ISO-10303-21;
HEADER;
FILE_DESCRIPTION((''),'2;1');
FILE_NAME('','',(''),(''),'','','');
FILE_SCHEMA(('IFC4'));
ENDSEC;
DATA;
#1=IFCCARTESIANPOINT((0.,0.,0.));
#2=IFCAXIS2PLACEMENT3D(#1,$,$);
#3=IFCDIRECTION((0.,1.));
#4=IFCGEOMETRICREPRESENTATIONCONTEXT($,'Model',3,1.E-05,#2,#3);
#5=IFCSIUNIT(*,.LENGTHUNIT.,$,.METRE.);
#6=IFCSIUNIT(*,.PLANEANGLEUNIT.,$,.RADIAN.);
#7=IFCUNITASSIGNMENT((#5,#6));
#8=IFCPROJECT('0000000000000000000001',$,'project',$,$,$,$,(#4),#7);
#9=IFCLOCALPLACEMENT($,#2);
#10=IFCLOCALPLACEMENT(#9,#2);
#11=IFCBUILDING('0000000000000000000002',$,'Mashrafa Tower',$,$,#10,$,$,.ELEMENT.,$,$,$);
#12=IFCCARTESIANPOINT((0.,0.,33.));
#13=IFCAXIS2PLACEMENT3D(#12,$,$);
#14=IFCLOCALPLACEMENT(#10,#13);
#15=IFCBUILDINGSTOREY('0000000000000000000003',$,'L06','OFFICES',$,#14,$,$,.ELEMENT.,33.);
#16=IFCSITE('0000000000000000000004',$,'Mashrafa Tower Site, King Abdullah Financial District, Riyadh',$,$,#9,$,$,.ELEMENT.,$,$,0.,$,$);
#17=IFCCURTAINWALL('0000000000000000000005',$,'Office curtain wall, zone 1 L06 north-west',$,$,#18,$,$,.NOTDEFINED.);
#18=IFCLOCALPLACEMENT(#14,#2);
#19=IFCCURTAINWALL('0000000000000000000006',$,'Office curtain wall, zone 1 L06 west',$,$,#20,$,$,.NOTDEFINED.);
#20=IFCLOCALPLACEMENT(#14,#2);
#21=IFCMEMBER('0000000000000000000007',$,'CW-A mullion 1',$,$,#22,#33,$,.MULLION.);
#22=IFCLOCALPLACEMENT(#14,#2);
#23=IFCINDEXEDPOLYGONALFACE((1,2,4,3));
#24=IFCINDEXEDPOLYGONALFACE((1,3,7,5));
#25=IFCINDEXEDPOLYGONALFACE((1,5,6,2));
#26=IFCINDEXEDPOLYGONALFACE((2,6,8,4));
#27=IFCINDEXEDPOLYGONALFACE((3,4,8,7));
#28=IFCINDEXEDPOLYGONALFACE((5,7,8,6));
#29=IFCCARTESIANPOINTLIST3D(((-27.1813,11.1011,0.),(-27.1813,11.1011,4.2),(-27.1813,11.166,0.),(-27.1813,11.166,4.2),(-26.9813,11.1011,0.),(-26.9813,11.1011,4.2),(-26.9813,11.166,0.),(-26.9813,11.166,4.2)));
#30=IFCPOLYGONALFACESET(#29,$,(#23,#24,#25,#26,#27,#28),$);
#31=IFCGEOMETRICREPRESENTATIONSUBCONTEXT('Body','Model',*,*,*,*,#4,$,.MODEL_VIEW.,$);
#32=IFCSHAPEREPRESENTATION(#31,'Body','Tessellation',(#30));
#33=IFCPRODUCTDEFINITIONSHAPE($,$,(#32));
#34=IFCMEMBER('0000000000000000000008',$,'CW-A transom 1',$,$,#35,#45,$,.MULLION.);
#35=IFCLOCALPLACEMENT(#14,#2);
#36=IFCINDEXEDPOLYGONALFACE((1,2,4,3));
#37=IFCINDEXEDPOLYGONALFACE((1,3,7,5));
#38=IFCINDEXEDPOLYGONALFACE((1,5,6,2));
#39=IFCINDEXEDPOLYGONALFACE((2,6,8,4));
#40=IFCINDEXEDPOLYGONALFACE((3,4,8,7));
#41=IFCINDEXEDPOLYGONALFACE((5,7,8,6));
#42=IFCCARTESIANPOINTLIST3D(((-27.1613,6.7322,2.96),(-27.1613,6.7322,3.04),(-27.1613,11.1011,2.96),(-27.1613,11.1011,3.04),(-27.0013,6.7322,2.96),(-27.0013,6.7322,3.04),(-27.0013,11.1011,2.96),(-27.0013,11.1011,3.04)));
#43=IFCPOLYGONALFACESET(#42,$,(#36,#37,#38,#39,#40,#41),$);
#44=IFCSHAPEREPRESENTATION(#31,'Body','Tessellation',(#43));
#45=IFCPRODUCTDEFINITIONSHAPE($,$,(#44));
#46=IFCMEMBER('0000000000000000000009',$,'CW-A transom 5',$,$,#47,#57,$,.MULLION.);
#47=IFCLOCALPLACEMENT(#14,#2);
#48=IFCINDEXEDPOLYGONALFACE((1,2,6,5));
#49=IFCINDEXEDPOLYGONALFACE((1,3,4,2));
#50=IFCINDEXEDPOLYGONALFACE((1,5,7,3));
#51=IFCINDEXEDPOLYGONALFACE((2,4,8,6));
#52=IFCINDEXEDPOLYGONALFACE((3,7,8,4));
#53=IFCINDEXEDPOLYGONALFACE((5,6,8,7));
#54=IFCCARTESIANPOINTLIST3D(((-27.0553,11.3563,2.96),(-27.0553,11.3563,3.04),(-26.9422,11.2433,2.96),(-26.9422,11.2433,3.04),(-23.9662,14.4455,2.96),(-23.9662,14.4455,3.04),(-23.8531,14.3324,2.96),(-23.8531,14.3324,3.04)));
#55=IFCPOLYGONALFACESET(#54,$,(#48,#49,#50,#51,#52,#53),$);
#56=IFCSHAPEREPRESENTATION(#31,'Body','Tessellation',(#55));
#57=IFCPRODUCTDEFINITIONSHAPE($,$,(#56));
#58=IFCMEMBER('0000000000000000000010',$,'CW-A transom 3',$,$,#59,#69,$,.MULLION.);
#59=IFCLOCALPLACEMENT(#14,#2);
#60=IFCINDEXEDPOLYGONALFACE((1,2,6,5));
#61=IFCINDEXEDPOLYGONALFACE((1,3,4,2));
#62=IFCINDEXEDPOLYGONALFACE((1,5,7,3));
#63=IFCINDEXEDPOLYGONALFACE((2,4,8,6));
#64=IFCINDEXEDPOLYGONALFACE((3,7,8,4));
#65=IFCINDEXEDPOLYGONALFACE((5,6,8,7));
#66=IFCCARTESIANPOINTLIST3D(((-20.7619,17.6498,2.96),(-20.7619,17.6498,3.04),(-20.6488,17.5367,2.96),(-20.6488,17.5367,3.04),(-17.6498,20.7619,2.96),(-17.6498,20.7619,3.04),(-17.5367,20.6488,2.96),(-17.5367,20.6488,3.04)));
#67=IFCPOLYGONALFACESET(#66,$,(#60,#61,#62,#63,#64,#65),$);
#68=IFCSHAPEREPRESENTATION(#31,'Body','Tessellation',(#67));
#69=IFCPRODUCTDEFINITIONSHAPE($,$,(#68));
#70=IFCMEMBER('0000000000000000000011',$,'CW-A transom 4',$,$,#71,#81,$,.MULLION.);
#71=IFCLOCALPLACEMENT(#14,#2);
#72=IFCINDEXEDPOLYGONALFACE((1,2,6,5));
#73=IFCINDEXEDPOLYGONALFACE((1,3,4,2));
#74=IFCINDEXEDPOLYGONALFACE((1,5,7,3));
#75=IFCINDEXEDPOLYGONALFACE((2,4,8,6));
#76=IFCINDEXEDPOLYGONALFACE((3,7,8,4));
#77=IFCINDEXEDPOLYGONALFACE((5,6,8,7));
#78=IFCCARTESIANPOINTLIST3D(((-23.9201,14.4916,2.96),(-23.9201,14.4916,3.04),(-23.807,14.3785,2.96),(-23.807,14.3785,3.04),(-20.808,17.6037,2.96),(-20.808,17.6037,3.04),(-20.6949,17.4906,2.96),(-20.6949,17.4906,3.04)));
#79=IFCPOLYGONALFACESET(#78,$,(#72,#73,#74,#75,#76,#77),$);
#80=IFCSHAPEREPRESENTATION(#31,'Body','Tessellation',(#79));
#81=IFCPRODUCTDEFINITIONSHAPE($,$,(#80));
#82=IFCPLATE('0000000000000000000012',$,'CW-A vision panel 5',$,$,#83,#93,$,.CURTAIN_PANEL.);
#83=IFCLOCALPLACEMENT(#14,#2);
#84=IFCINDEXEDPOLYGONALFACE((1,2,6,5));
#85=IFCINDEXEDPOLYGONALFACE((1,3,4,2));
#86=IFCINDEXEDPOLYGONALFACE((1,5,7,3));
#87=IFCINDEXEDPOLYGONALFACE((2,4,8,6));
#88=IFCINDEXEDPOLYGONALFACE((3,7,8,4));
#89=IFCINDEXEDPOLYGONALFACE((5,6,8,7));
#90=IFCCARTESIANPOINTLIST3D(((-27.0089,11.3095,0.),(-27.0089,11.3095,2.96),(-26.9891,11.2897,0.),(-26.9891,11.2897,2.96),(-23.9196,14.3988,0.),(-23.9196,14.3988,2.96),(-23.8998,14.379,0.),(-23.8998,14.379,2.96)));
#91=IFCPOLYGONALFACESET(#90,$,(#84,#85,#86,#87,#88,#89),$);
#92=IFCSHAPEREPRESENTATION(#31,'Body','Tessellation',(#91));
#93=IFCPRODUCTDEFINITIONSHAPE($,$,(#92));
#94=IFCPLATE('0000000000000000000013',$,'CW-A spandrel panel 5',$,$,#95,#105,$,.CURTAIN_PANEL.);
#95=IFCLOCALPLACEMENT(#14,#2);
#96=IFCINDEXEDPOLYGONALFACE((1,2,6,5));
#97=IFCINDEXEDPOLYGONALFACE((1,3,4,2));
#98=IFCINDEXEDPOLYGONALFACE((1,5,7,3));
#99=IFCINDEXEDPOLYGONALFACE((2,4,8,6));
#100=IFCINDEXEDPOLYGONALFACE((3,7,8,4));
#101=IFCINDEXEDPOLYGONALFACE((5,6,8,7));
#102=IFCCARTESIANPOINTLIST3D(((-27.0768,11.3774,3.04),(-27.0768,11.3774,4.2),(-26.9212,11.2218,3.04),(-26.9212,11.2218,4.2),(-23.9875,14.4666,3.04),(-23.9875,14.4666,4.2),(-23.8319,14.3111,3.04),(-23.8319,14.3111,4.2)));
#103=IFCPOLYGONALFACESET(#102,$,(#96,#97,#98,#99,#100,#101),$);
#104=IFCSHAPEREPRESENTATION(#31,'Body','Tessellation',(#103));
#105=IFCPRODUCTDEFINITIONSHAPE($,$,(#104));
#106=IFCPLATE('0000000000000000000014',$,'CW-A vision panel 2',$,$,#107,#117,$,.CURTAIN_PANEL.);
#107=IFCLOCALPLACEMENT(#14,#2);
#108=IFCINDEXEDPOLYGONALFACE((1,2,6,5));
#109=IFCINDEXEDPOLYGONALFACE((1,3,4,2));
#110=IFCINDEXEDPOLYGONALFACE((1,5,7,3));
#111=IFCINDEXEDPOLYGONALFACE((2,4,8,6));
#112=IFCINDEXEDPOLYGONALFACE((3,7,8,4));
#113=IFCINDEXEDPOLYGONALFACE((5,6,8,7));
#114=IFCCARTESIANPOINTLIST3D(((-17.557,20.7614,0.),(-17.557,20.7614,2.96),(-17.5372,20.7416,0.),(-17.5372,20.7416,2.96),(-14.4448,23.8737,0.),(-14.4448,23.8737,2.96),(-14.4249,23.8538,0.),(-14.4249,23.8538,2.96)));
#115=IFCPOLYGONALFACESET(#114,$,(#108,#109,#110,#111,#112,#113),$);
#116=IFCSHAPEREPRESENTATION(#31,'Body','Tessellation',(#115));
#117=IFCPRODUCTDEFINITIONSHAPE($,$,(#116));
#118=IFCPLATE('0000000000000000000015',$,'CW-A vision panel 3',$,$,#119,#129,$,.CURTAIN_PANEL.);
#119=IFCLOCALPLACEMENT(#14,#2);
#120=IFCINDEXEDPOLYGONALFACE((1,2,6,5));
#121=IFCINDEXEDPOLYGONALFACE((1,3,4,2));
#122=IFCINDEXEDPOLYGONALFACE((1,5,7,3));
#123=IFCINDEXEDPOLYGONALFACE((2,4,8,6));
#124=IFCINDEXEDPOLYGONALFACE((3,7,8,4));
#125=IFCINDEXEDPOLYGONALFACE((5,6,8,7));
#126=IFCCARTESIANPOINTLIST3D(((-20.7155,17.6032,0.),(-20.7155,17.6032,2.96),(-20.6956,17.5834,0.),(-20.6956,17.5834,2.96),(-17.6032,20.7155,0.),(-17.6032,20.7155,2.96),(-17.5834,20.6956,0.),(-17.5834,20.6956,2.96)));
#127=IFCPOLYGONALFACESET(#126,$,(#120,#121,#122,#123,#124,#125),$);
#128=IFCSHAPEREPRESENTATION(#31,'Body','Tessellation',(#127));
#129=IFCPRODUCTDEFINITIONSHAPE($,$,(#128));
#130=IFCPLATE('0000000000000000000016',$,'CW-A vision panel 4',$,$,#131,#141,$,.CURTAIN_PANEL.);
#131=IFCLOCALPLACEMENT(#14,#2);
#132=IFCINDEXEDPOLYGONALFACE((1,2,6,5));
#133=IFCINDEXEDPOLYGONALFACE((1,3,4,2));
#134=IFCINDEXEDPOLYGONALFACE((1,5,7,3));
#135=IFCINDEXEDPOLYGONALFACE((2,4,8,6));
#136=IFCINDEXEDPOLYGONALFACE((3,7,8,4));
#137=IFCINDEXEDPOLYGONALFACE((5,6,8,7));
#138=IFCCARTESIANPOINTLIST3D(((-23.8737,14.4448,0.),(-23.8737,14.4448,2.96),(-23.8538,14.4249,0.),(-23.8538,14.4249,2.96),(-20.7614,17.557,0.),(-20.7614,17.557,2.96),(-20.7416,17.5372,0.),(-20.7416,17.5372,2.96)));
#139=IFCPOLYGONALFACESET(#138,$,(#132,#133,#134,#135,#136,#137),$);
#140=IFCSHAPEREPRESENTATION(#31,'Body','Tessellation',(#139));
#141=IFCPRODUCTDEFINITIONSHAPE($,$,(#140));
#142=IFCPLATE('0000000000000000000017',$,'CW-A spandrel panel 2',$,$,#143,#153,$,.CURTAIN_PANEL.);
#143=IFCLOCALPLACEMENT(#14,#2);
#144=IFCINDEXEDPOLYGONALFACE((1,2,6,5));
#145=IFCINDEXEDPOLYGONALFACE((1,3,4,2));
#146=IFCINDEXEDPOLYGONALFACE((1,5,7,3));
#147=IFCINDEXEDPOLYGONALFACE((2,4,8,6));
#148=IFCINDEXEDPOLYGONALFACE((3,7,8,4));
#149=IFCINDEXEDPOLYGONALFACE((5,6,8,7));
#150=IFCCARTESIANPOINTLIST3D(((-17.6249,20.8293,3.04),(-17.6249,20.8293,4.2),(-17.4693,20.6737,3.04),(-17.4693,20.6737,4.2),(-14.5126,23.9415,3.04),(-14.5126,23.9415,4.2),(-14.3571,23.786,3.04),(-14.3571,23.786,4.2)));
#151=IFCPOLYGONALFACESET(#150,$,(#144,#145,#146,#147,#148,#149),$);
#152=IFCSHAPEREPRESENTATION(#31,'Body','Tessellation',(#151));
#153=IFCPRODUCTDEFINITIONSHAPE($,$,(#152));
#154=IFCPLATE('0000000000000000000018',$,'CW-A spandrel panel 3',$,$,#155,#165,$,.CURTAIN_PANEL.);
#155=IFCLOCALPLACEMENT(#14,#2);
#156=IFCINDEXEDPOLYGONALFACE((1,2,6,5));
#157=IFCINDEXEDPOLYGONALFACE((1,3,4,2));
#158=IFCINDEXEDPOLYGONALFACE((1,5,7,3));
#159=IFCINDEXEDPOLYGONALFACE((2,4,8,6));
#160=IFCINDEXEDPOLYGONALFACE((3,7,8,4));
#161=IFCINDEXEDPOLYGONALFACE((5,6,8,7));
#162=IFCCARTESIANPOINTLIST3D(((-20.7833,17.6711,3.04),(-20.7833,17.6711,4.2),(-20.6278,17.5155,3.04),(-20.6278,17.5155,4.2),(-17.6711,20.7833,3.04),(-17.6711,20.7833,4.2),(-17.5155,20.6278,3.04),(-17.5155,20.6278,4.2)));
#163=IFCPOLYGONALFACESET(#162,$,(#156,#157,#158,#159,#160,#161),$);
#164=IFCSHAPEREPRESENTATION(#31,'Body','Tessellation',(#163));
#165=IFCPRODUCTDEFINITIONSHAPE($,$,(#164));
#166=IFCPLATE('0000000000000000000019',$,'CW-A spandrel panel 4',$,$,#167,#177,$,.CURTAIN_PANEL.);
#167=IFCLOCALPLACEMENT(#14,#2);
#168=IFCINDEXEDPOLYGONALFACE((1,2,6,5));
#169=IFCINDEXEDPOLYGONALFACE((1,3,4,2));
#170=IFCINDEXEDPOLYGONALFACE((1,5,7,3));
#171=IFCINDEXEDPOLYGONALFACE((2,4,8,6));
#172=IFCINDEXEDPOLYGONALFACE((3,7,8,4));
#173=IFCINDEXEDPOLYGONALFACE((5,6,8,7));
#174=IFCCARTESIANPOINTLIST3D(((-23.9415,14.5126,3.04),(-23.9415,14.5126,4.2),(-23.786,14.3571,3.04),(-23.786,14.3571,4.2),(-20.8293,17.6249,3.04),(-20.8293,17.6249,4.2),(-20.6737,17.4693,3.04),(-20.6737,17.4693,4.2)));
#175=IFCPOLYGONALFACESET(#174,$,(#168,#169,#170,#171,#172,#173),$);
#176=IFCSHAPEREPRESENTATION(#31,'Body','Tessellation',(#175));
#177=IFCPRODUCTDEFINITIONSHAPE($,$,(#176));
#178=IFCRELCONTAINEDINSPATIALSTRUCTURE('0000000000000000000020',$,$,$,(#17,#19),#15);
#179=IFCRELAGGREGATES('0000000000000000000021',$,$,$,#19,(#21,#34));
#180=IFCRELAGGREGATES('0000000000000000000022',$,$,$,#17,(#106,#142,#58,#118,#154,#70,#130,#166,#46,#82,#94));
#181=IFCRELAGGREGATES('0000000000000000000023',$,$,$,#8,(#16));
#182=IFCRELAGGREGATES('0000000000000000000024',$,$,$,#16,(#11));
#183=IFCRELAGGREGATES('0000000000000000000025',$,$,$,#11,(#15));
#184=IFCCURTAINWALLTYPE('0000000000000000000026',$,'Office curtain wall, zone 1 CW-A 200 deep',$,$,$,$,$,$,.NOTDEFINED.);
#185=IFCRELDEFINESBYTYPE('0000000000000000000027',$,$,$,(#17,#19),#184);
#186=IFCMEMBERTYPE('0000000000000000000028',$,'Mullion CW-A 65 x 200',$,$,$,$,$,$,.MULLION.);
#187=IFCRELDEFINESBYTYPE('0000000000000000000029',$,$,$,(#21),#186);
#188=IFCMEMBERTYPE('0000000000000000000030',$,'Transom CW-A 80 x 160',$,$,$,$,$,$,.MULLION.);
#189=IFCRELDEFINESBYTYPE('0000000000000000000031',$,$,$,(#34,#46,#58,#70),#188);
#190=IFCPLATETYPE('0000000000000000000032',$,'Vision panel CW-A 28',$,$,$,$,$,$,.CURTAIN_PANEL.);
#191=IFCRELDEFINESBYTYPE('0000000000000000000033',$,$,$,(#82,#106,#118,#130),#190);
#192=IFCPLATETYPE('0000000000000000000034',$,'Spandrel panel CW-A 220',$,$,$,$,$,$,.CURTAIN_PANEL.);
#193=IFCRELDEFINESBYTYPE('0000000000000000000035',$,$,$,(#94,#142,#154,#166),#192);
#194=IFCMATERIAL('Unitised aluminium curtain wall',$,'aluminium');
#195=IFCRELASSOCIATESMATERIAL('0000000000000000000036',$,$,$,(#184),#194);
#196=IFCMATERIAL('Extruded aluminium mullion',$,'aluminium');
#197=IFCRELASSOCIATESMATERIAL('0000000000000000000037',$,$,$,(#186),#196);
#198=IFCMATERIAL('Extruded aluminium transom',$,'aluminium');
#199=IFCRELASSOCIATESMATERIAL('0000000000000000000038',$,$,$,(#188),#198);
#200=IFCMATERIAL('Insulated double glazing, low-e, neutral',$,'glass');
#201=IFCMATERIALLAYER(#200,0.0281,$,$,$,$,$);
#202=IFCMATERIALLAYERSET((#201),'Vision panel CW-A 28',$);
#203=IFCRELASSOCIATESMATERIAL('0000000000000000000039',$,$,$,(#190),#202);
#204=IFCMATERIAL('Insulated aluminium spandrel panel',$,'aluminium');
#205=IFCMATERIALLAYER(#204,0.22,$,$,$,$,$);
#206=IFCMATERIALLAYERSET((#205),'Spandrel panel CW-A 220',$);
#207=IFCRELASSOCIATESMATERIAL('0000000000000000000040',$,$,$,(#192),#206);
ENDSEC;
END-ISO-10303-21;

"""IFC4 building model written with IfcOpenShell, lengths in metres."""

from ifc_helpers import new_model, si_unit, direction, frame, origin, origin_2d, place, context, subcontext, project, spatial, rectangle, extrude, source, transform, mapped, material, layer, layer_set, material_profile, profile_set, type_object, type_shapes, element, aggregate, save


model = new_model("IFC4")

# Units and contexts
model_context = context("Model", 3, precision=1e-05, world=origin(), true_north=direction((0.0, 1.0)))
body_context = subcontext(model_context, "Body", "Model", "MODEL_VIEW")
ifc_project = project(units=[si_unit("LENGTHUNIT", "METRE"), si_unit("PLANEANGLEUNIT", "RADIAN")], contexts=[model_context])

# Site, building, storey
site_placement = place(None, origin())
site = spatial("IfcSite", under=ifc_project, at=site_placement, Name="Mashrafa Tower Site, King Abdullah Financial District, Riyadh", CompositionType="ELEMENT", RefElevation=0.0)
building_placement = place(site_placement, origin())
building = spatial("IfcBuilding", under=site, at=building_placement, Name="Mashrafa Tower", CompositionType="ELEMENT")
storey_placement = place(building_placement, frame((0.0, 0.0, 33.0)))
storey = spatial("IfcBuildingStorey", under=building, at=storey_placement, Name="L06", Description="OFFICES", CompositionType="ELEMENT", Elevation=33.0)

# Curtain walls, members
ifc_material_1 = material(Name="Unitised aluminium curtain wall", Category="aluminium")
curtain_wall_type = type_object("IfcCurtainWallType", Name="Office curtain wall, zone 1 CW-A 200 deep", PredefinedType="NOTDEFINED", material=ifc_material_1)
curtain_wall_1_placement = place(storey_placement, origin())
curtain_wall_1 = element("IfcCurtainWall", 1, at=curtain_wall_1_placement, inside=storey, type_object=curtain_wall_type, Name="Office curtain wall, zone 1 L06 north-west", PredefinedType="NOTDEFINED")
ifc_material_2 = material(Name="Extruded aluminium mullion", Category="aluminium")
ifc_material_profile_1 = material_profile(ifc_material_2, rectangle(XDim=0.2, YDim=0.0649, at=origin_2d()), Name="Mullion 65x200")
ifc_profile_set_1 = profile_set([ifc_material_profile_1], Name="Extruded aluminium mullion")
member_type_1 = type_object("IfcMemberType", Name="Mullion CW-A 65 x 200", PredefinedType="MULLION", material=ifc_profile_set_1)
shared_shape_1 = source(origin(), body_context, "Body", "SweptSolid", [
    extrude(rectangle(XDim=0.2, YDim=0.0649, at=origin_2d()), origin(), (0.0, 0.0, 1.0), 4.2),
])
type_shapes(member_type_1, [shared_shape_1])
curtain_wall_2_placement = place(storey_placement, origin())
curtain_wall_2 = element("IfcCurtainWall", 2, at=curtain_wall_2_placement, inside=storey, type_object=curtain_wall_type, Name="Office curtain wall, zone 1 L06 west", PredefinedType="NOTDEFINED")
member_1_placement = place(storey_placement, frame((-27.0813, 11.1335, 0.0), z_axis=(0.0, 0.0, 1.0), x_axis=(1.0, 0.0, 0.0)))
member_1 = element("IfcMember", 3, at=member_1_placement, type_object=member_type_1, Name="CW-A mullion 1", PredefinedType="MULLION", context=body_context, shape_type="MappedRepresentation", body=[
    mapped(shared_shape_1, transform((0.0, 0.0, 0.0))),
])
ifc_material_3 = material(Name="Extruded aluminium transom", Category="aluminium")
ifc_material_profile_2 = material_profile(ifc_material_3, rectangle(XDim=0.1599, YDim=0.0801, at=origin_2d()), Name="Transom 80x160")
ifc_profile_set_2 = profile_set([ifc_material_profile_2], Name="Extruded aluminium transom")
member_type_2 = type_object("IfcMemberType", Name="Transom CW-A 80 x 160", PredefinedType="MULLION", material=ifc_profile_set_2)
shared_shape_2 = source(origin(), body_context, "Body", "SweptSolid", [
    extrude(rectangle(XDim=0.1599, YDim=0.0801, at=origin_2d()), origin(), (0.0, 0.0, 1.0), 4.3689),
])
member_2_placement = place(storey_placement, frame((-27.0813, 11.1011, 3.0), z_axis=(0.0, -1.0, 0.0), x_axis=(1.0, 0.0, 0.0)))
member_2 = element("IfcMember", 4, at=member_2_placement, type_object=member_type_2, Name="CW-A transom 1", PredefinedType="MULLION", context=body_context, shape_type="MappedRepresentation", body=[
    mapped(shared_shape_2, transform((0.0, 0.0, 0.0))),
])
aggregate(curtain_wall_2, [member_1, member_2])

# Members
shared_shape_3 = source(origin(), body_context, "Body", "SweptSolid", [
    extrude(rectangle(XDim=0.1599, YDim=0.0801, at=origin_2d()), origin(), (0.0, 0.0, 1.0), 4.3687),
])
member_3_placement = place(storey_placement, frame((-23.9097, 14.3889, 3.0), z_axis=(-0.707107, -0.707107, 0.0), x_axis=(0.707107, -0.707107, 0.0)))
member_3 = element("IfcMember", 5, at=member_3_placement, type_object=member_type_2, Name="CW-A transom 5", PredefinedType="MULLION", context=body_context, shape_type="MappedRepresentation", body=[
    mapped(shared_shape_3, transform((0.0, 0.0, 0.0))),
])
shared_shape_4 = source(origin(), body_context, "Body", "SweptSolid", [
    extrude(rectangle(XDim=0.1599, YDim=0.0801, at=origin_2d()), origin(), (0.0, 0.0, 1.0), 4.4011),
])
type_shapes(member_type_2, [shared_shape_2, shared_shape_3, shared_shape_4])
member_4_placement = place(storey_placement, frame((-17.5933, 20.7053, 3.0), z_axis=(-0.707107, -0.707107, 0.0), x_axis=(0.707107, -0.707107, 0.0)))
member_4 = element("IfcMember", 6, at=member_4_placement, type_object=member_type_2, Name="CW-A transom 3", PredefinedType="MULLION", context=body_context, shape_type="MappedRepresentation", body=[
    mapped(shared_shape_4, transform((0.0, 0.0, 0.0))),
])
member_5_placement = place(storey_placement, frame((-20.7515, 17.5471, 3.0), z_axis=(-0.707107, -0.707107, 0.0), x_axis=(0.707107, -0.707107, 0.0)))
member_5 = element("IfcMember", 7, at=member_5_placement, type_object=member_type_2, Name="CW-A transom 4", PredefinedType="MULLION", context=body_context, shape_type="MappedRepresentation", body=[
    mapped(shared_shape_4, transform((0.0, 0.0, 0.0))),
])

# Plates
ifc_material_4 = material(Name="Insulated double glazing, low-e, neutral", Category="glass")
ifc_layer_1 = layer(ifc_material_4, 0.0281)
ifc_layer_set_1 = layer_set([ifc_layer_1], Name="Vision panel CW-A 28")
plate_type_1 = type_object("IfcPlateType", Name="Vision panel CW-A 28", PredefinedType="CURTAIN_PANEL", material=ifc_layer_set_1)
shared_shape_5 = source(origin(), body_context, "Body", "SweptSolid", [
    extrude(rectangle(XDim=4.3689, YDim=0.0281, at=origin_2d()), origin(), (0.0, 0.0, 1.0), 2.96),
])
plate_1_placement = place(storey_placement, frame((-25.4543, 12.8442, 0.0), z_axis=(0.0, 0.0, 1.0), x_axis=(-0.707107, -0.707107, 0.0)))
plate_1 = element("IfcPlate", 8, at=plate_1_placement, type_object=plate_type_1, Name="CW-A vision panel 5", PredefinedType="CURTAIN_PANEL", context=body_context, shape_type="MappedRepresentation", body=[
    mapped(shared_shape_5, transform((0.0, 0.0, 0.0))),
])
ifc_material_5 = material(Name="Insulated aluminium spandrel panel", Category="aluminium")
ifc_layer_2 = layer(ifc_material_5, 0.22)
ifc_layer_set_2 = layer_set([ifc_layer_2], Name="Spandrel panel CW-A 220")
plate_type_2 = type_object("IfcPlateType", Name="Spandrel panel CW-A 220", PredefinedType="CURTAIN_PANEL", material=ifc_layer_set_2)
shared_shape_6 = source(origin(), body_context, "Body", "SweptSolid", [
    extrude(rectangle(XDim=4.3689, YDim=0.22, at=origin_2d()), origin(), (0.0, 0.0, 1.0), 1.1599),
])
plate_2_placement = place(storey_placement, frame((-25.4543, 12.8442, 3.04), z_axis=(0.0, 0.0, 1.0), x_axis=(-0.707107, -0.707107, 0.0)))
plate_2 = element("IfcPlate", 9, at=plate_2_placement, type_object=plate_type_2, Name="CW-A spandrel panel 5", PredefinedType="CURTAIN_PANEL", context=body_context, shape_type="MappedRepresentation", body=[
    mapped(shared_shape_6, transform((0.0, 0.0, 0.0))),
])
shared_shape_7 = source(origin(), body_context, "Body", "SweptSolid", [
    extrude(rectangle(XDim=4.4014, YDim=0.0281, at=origin_2d()), origin(), (0.0, 0.0, 1.0), 2.96),
])
type_shapes(plate_type_1, [shared_shape_5, shared_shape_7])
plate_3_placement = place(storey_placement, frame((-15.991, 22.3076, 0.0), z_axis=(0.0, 0.0, 1.0), x_axis=(-0.707107, -0.707107, 0.0)))
plate_3 = element("IfcPlate", 10, at=plate_3_placement, type_object=plate_type_1, Name="CW-A vision panel 2", PredefinedType="CURTAIN_PANEL", context=body_context, shape_type="MappedRepresentation", body=[
    mapped(shared_shape_7, transform((0.0, 0.0, 0.0))),
])
plate_4_placement = place(storey_placement, frame((-19.1494, 19.1494, 0.0), z_axis=(0.0, 0.0, 1.0), x_axis=(-0.707107, -0.707107, 0.0)))
plate_4 = element("IfcPlate", 11, at=plate_4_placement, type_object=plate_type_1, Name="CW-A vision panel 3", PredefinedType="CURTAIN_PANEL", context=body_context, shape_type="MappedRepresentation", body=[
    mapped(shared_shape_7, transform((0.0, 0.0, 0.0))),
])
plate_5_placement = place(storey_placement, frame((-22.3076, 15.991, 0.0), z_axis=(0.0, 0.0, 1.0), x_axis=(-0.707107, -0.707107, 0.0)))
plate_5 = element("IfcPlate", 12, at=plate_5_placement, type_object=plate_type_1, Name="CW-A vision panel 4", PredefinedType="CURTAIN_PANEL", context=body_context, shape_type="MappedRepresentation", body=[
    mapped(shared_shape_7, transform((0.0, 0.0, 0.0))),
])
shared_shape_8 = source(origin(), body_context, "Body", "SweptSolid", [
    extrude(rectangle(XDim=4.4014, YDim=0.22, at=origin_2d()), origin(), (0.0, 0.0, 1.0), 1.1599),
])
type_shapes(plate_type_2, [shared_shape_6, shared_shape_8])
plate_6_placement = place(storey_placement, frame((-15.991, 22.3076, 3.04), z_axis=(0.0, 0.0, 1.0), x_axis=(-0.707107, -0.707107, 0.0)))
plate_6 = element("IfcPlate", 13, at=plate_6_placement, type_object=plate_type_2, Name="CW-A spandrel panel 2", PredefinedType="CURTAIN_PANEL", context=body_context, shape_type="MappedRepresentation", body=[
    mapped(shared_shape_8, transform((0.0, 0.0, 0.0))),
])
plate_7_placement = place(storey_placement, frame((-19.1494, 19.1494, 3.04), z_axis=(0.0, 0.0, 1.0), x_axis=(-0.707107, -0.707107, 0.0)))
plate_7 = element("IfcPlate", 14, at=plate_7_placement, type_object=plate_type_2, Name="CW-A spandrel panel 3", PredefinedType="CURTAIN_PANEL", context=body_context, shape_type="MappedRepresentation", body=[
    mapped(shared_shape_8, transform((0.0, 0.0, 0.0))),
])
plate_8_placement = place(storey_placement, frame((-22.3076, 15.991, 3.04), z_axis=(0.0, 0.0, 1.0), x_axis=(-0.707107, -0.707107, 0.0)))
plate_8 = element("IfcPlate", 15, at=plate_8_placement, type_object=plate_type_2, Name="CW-A spandrel panel 4", PredefinedType="CURTAIN_PANEL", context=body_context, shape_type="MappedRepresentation", body=[
    mapped(shared_shape_8, transform((0.0, 0.0, 0.0))),
])
aggregate(curtain_wall_1, [plate_3, plate_6, member_4, plate_4, plate_7, member_5, plate_5, plate_8, member_3, plate_1, plate_2])

save(model, "model.ifc")
